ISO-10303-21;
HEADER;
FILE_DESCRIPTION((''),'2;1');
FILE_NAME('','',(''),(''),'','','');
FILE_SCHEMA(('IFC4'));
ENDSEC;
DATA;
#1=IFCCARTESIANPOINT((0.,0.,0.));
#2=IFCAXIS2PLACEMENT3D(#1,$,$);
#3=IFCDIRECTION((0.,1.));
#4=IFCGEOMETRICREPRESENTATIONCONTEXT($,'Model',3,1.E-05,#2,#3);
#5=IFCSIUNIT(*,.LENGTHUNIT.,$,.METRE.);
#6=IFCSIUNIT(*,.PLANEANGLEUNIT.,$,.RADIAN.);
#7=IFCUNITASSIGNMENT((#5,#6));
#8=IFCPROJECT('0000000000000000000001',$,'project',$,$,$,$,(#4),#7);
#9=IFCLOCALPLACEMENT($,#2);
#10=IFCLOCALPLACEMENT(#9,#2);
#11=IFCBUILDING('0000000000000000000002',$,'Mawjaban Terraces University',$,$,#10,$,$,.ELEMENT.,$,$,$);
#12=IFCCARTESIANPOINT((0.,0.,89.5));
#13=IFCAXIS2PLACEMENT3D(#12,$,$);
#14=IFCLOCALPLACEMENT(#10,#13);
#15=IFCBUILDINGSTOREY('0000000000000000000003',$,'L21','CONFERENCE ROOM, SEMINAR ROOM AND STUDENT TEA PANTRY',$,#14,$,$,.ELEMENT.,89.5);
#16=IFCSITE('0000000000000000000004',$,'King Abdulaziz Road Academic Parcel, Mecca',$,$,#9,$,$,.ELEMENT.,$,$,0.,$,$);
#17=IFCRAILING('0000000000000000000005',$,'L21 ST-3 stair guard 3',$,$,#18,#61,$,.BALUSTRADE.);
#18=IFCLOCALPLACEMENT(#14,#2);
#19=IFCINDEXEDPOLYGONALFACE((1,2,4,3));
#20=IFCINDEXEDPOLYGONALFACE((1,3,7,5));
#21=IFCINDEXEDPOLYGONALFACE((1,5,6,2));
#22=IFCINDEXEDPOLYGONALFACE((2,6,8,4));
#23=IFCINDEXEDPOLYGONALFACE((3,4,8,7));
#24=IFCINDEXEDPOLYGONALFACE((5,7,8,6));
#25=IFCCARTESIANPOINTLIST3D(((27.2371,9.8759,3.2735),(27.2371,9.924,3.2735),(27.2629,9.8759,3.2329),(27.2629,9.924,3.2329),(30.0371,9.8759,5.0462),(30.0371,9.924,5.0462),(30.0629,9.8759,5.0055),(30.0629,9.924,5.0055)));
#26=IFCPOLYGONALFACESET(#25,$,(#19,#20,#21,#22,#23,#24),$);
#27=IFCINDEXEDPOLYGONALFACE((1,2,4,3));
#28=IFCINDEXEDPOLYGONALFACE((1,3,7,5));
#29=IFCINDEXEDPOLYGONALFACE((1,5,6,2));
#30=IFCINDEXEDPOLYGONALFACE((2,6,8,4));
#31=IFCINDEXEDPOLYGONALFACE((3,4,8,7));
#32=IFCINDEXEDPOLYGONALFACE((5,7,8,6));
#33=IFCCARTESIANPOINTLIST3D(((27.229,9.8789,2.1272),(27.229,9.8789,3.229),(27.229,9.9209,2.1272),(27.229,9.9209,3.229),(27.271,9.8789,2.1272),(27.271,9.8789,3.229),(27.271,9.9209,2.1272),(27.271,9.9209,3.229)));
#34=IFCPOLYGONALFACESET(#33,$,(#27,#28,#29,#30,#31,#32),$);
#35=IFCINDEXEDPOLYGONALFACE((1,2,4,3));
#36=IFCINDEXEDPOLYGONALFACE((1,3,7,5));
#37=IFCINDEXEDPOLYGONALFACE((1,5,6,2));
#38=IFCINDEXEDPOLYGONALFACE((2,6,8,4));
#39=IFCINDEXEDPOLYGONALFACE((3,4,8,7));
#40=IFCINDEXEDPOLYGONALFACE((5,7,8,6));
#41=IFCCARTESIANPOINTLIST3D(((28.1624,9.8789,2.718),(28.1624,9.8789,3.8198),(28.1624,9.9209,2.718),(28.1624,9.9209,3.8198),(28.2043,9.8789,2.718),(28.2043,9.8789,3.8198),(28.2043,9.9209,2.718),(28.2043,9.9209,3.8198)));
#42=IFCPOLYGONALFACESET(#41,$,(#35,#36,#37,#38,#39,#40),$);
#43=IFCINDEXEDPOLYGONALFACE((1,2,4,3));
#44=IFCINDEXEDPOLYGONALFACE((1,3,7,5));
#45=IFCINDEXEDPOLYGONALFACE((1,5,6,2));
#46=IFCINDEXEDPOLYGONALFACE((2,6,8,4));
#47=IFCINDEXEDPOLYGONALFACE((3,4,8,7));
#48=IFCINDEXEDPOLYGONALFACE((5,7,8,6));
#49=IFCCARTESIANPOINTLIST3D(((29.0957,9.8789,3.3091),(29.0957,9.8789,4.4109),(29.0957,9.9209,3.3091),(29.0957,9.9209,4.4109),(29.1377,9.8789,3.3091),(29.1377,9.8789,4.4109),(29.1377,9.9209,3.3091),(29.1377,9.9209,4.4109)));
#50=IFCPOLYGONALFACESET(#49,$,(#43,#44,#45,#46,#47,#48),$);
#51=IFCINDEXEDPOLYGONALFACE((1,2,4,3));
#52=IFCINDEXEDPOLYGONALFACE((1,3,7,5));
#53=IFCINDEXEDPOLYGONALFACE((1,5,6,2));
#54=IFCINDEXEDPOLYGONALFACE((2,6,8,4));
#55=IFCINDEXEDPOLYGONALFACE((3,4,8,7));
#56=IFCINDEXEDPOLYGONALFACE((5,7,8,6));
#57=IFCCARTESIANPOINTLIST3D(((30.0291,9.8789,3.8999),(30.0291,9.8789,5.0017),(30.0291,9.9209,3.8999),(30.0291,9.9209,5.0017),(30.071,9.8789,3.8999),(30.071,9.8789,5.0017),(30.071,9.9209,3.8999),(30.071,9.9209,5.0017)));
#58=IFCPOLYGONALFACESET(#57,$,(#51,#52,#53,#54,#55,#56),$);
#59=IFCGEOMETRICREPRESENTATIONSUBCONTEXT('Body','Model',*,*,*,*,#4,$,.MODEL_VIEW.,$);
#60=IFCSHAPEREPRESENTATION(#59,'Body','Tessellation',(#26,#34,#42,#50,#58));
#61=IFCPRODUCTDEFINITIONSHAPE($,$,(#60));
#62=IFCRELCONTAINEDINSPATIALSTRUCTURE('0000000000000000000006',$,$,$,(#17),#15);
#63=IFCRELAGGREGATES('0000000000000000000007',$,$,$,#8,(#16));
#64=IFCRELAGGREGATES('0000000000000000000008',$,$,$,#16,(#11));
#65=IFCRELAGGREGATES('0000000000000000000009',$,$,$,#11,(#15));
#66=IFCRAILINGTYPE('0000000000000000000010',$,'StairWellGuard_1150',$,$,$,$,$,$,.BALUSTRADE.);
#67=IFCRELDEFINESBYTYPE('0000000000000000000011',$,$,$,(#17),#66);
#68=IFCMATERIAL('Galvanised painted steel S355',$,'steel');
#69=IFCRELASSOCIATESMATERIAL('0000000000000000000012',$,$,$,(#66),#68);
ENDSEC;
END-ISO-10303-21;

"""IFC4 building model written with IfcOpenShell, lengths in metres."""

from ifc_helpers import new_model, si_unit, direction, frame, origin, origin_2d, place, context, subcontext, project, spatial, rectangle, extrude, material, type_object, element, save


model = new_model("IFC4")

# Units and contexts
model_context = context("Model", 3, precision=1e-05, world=origin(), true_north=direction((0.0, 1.0)))
body_context = subcontext(model_context, "Body", "Model", "MODEL_VIEW")
ifc_project = project(units=[si_unit("LENGTHUNIT", "METRE"), si_unit("PLANEANGLEUNIT", "RADIAN")], contexts=[model_context])

# Site, building, storey
site_placement = place(None, origin())
site = spatial("IfcSite", under=ifc_project, at=site_placement, Name="King Abdulaziz Road Academic Parcel, Mecca", CompositionType="ELEMENT", RefElevation=0.0)
building_placement = place(site_placement, origin())
building = spatial("IfcBuilding", under=site, at=building_placement, Name="Mawjaban Terraces University", CompositionType="ELEMENT")
storey_placement = place(building_placement, frame((0.0, 0.0, 89.5)))
storey = spatial("IfcBuildingStorey", under=building, at=storey_placement, Name="L21", Description="CONFERENCE ROOM, SEMINAR ROOM AND STUDENT TEA PANTRY", CompositionType="ELEMENT", Elevation=89.5)

# Railing
ifc_material_1 = material(Name="Galvanised painted steel S355", Category="steel")
railing_type_1 = type_object("IfcRailingType", Name="StairWellGuard_1150", PredefinedType="BALUSTRADE", material=ifc_material_1)
railing_1_placement = place(storey_placement, frame((27.25, 9.8999, 2.1272)))
element("IfcRailing", 1, at=railing_1_placement, inside=storey, type_object=railing_type_1, Name="L21 ST-3 stair guard 3", PredefinedType="BALUSTRADE", context=body_context, shape_type="SweptSolid", body=[
    extrude(rectangle(XDim=0.0481, YDim=0.0481, at=origin_2d()), frame((0.0, 0.0, 1.126), z_axis=(0.844909, 0.0, 0.53491), x_axis=(0.0, 1.0, 0.0)), (0.0, 0.0, 1.0), 3.314),
    extrude(rectangle(XDim=0.042, YDim=0.042, at=origin_2d()), origin(), (0.0, 0.0, 1.0), 1.1018),
    extrude(rectangle(XDim=0.042, YDim=0.042, at=origin_2d()), frame((0.9333, 0.0, 0.5908)), (0.0, 0.0, 1.0), 1.1018),
    extrude(rectangle(XDim=0.042, YDim=0.042, at=origin_2d()), frame((1.8667, 0.0, 1.1819)), (0.0, 0.0, 1.0), 1.1018),
    extrude(rectangle(XDim=0.042, YDim=0.042, at=origin_2d()), frame((2.8, 0.0, 1.7727)), (0.0, 0.0, 1.0), 1.1018),
])

save(model, "model.ifc")
